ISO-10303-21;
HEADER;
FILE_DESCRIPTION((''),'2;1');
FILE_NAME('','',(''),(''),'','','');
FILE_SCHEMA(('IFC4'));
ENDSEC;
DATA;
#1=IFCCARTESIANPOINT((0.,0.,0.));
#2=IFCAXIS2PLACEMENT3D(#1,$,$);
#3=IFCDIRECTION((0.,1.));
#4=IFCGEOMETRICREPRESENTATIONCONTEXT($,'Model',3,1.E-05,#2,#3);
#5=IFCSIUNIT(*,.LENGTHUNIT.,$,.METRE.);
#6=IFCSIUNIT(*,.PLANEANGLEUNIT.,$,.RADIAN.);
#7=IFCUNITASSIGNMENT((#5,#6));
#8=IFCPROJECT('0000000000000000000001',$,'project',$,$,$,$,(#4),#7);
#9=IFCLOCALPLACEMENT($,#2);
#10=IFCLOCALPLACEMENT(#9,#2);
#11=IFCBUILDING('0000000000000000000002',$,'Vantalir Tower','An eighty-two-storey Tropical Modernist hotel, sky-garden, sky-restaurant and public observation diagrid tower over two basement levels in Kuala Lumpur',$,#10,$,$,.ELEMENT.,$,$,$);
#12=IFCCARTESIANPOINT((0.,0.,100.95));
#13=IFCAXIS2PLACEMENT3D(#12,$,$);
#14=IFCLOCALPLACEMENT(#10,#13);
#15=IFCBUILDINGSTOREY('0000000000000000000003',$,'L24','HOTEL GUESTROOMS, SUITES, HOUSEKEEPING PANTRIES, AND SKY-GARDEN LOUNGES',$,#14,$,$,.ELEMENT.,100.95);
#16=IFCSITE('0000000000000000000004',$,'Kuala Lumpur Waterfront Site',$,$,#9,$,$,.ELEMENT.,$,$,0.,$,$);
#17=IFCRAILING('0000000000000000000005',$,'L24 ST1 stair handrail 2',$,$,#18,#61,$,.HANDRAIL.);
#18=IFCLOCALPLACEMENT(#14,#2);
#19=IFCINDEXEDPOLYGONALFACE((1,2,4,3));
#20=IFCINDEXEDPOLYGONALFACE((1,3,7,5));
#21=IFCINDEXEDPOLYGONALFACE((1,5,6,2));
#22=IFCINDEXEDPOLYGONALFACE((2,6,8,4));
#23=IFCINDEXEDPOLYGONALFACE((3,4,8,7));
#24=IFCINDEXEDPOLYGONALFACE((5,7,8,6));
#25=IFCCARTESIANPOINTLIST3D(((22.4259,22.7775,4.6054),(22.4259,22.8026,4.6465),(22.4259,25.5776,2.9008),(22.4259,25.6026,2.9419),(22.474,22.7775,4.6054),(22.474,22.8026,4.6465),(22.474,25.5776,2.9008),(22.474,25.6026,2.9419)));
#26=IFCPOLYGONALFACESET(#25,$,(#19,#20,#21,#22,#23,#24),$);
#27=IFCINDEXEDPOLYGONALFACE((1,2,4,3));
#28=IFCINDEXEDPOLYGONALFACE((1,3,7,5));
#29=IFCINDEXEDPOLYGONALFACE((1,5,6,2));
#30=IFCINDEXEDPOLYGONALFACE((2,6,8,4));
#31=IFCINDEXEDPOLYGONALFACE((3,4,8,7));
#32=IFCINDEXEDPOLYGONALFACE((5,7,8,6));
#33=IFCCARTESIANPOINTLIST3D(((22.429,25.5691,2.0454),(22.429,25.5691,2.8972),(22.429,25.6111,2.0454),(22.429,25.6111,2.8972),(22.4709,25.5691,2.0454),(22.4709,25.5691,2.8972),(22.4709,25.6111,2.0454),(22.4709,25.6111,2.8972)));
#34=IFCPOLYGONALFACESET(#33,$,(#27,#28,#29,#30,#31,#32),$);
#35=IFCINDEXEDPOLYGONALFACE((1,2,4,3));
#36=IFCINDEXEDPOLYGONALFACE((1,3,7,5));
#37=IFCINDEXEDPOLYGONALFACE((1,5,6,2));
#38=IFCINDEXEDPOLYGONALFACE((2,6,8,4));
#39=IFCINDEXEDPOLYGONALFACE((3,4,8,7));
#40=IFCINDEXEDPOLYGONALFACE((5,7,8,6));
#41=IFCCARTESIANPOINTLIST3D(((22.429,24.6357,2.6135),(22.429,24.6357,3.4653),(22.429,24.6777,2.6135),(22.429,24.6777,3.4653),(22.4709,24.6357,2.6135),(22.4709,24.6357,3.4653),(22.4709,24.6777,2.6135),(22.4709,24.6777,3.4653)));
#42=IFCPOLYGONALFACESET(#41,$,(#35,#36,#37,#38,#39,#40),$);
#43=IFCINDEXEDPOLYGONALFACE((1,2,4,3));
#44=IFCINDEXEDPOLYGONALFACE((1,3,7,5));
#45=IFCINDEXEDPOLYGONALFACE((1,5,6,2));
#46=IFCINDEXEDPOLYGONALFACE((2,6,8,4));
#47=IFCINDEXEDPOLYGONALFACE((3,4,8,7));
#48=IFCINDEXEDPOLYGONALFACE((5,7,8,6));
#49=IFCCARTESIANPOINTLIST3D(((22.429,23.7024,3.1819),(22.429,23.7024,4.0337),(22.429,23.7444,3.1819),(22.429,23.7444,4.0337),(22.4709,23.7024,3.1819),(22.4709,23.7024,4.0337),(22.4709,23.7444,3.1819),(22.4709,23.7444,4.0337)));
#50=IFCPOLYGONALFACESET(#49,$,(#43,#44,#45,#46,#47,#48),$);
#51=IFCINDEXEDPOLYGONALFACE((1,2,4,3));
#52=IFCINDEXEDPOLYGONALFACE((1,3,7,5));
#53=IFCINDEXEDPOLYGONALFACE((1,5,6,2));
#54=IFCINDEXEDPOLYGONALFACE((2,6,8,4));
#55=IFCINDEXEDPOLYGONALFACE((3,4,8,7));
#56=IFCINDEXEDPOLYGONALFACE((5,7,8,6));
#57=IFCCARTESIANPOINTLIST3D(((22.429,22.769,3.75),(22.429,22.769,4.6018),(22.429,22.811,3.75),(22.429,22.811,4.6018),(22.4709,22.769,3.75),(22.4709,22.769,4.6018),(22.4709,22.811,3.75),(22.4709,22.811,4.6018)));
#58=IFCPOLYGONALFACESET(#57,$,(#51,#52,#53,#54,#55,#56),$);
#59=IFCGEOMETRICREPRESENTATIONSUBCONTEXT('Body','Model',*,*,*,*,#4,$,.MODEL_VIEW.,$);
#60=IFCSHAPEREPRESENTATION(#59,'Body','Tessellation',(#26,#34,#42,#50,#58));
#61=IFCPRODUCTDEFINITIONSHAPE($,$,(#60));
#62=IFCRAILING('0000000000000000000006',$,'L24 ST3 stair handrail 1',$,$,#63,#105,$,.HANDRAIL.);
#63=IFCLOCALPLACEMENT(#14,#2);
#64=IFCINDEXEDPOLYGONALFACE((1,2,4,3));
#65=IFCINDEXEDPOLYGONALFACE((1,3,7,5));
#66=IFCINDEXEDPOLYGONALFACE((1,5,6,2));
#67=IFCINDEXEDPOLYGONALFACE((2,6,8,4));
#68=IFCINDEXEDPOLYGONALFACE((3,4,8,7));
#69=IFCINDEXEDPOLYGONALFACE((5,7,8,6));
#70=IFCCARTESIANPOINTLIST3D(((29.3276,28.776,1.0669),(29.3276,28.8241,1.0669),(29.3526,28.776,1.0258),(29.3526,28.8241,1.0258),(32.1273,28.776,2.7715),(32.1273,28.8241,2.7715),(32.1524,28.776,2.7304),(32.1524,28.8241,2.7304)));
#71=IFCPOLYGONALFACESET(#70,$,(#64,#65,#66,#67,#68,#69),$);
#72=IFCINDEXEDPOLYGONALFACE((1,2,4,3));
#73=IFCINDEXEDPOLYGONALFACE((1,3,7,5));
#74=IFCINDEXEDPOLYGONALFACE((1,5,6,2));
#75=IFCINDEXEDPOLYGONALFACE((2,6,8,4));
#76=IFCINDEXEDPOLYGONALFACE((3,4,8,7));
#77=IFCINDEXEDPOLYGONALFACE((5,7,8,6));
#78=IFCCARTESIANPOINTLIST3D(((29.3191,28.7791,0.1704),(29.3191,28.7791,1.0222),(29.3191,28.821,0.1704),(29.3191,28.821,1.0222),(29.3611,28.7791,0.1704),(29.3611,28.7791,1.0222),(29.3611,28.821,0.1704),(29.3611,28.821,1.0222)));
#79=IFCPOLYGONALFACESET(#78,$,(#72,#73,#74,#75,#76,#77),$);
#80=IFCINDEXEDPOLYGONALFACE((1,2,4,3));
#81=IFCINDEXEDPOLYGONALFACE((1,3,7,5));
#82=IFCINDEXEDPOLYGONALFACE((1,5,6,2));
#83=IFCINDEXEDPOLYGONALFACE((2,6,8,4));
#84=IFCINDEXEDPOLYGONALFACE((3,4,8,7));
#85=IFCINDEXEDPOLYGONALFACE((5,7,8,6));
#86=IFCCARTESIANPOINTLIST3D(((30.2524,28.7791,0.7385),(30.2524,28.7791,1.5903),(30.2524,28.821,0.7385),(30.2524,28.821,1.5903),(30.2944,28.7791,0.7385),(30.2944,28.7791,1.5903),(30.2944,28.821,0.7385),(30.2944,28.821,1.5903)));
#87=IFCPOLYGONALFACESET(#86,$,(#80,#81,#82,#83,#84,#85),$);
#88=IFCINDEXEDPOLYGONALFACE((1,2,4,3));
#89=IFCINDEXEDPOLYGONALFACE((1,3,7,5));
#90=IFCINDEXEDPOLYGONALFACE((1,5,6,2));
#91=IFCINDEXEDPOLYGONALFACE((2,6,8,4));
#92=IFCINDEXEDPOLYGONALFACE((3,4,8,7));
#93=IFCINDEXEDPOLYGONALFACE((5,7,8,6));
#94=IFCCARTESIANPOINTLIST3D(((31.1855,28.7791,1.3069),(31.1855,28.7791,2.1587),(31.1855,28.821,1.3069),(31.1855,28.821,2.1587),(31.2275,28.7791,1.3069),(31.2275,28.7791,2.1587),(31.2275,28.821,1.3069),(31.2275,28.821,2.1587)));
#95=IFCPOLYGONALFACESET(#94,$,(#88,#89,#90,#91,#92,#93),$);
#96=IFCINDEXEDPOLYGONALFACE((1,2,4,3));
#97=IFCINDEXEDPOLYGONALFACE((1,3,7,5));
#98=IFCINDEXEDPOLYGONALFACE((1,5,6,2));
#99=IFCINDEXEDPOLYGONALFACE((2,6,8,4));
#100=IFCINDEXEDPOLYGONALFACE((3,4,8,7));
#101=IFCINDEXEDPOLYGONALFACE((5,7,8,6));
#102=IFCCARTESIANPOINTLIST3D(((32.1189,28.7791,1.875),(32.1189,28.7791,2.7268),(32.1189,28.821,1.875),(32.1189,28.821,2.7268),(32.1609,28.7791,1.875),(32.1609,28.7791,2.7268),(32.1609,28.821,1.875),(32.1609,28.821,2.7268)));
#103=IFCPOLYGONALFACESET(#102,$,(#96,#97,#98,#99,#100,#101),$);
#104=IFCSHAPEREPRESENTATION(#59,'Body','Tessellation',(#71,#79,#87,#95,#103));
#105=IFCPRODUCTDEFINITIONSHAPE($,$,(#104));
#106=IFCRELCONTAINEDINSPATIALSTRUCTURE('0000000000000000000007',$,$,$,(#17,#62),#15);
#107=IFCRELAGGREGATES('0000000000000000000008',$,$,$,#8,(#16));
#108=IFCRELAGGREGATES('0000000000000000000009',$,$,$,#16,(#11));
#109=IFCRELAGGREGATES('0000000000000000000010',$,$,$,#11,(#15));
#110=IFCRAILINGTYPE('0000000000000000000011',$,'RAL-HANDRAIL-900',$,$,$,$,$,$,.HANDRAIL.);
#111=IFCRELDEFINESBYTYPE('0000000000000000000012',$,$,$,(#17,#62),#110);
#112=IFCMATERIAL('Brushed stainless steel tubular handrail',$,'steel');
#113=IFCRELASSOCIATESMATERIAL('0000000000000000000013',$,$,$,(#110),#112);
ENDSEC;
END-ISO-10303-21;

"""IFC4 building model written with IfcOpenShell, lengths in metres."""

from ifc_helpers import new_model, si_unit, direction, frame, origin, origin_2d, place, context, subcontext, project, spatial, rectangle, extrude, material, type_object, element, save


model = new_model("IFC4")

# Units and contexts
model_context = context("Model", 3, precision=1e-05, world=origin(), true_north=direction((0.0, 1.0)))
body_context = subcontext(model_context, "Body", "Model", "MODEL_VIEW")
ifc_project = project(units=[si_unit("LENGTHUNIT", "METRE"), si_unit("PLANEANGLEUNIT", "RADIAN")], contexts=[model_context])

# Site, building, storey
site_placement = place(None, origin())
site = spatial("IfcSite", under=ifc_project, at=site_placement, Name="Kuala Lumpur Waterfront Site", CompositionType="ELEMENT", RefElevation=0.0)
building_placement = place(site_placement, origin())
building = spatial("IfcBuilding", under=site, at=building_placement, Name="Vantalir Tower", Description="An eighty-two-storey Tropical Modernist hotel, sky-garden, sky-restaurant and public observation diagrid tower over two basement levels in Kuala Lumpur", CompositionType="ELEMENT")
storey_placement = place(building_placement, frame((0.0, 0.0, 100.95)))
storey = spatial("IfcBuildingStorey", under=building, at=storey_placement, Name="L24", Description="HOTEL GUESTROOMS, SUITES, HOUSEKEEPING PANTRIES, AND SKY-GARDEN LOUNGES", CompositionType="ELEMENT", Elevation=100.95)

# Railings
ifc_material_1 = material(Name="Brushed stainless steel tubular handrail", Category="steel")
railing_type_1 = type_object("IfcRailingType", Name="RAL-HANDRAIL-900", PredefinedType="HANDRAIL", material=ifc_material_1)
railing_1_placement = place(storey_placement, frame((22.45, 25.5901, 2.0454)))
element("IfcRailing", 1, at=railing_1_placement, inside=storey, type_object=railing_type_1, Name="L24 ST1 stair handrail 2", PredefinedType="HANDRAIL", context=body_context, shape_type="SweptSolid", body=[
    extrude(rectangle(XDim=0.0481, YDim=0.0481, at=origin_2d()), frame((0.0, 0.0, 0.876), z_axis=(0.0, -0.85417, 0.519994), x_axis=(1.0, 0.0, 0.0)), (0.0, 0.0, 1.0), 3.2781),
    extrude(rectangle(XDim=0.042, YDim=0.042, at=origin_2d()), origin(), (0.0, 0.0, 1.0), 0.8518),
    extrude(rectangle(XDim=0.042, YDim=0.042, at=origin_2d()), frame((0.0, -0.9333, 0.5681)), (0.0, 0.0, 1.0), 0.8518),
    extrude(rectangle(XDim=0.042, YDim=0.042, at=origin_2d()), frame((0.0, -1.8667, 1.1365)), (0.0, 0.0, 1.0), 0.8518),
    extrude(rectangle(XDim=0.042, YDim=0.042, at=origin_2d()), frame((0.0, -2.8, 1.7046)), (0.0, 0.0, 1.0), 0.8518),
])
railing_2_placement = place(storey_placement, frame((29.3401, 28.8, 0.1704)))
element("IfcRailing", 2, at=railing_2_placement, inside=storey, type_object=railing_type_1, Name="L24 ST3 stair handrail 1", PredefinedType="HANDRAIL", context=body_context, shape_type="SweptSolid", body=[
    extrude(rectangle(XDim=0.0481, YDim=0.0481, at=origin_2d()), frame((0.0, 0.0, 0.876), z_axis=(0.85415, 0.0, 0.520027), x_axis=(0.0, 1.0, 0.0)), (0.0, 0.0, 1.0), 3.2778),
    extrude(rectangle(XDim=0.042, YDim=0.042, at=origin_2d()), origin(), (0.0, 0.0, 1.0), 0.8518),
    extrude(rectangle(XDim=0.042, YDim=0.042, at=origin_2d()), frame((0.9333, 0.0, 0.5681)), (0.0, 0.0, 1.0), 0.8518),
    extrude(rectangle(XDim=0.042, YDim=0.042, at=origin_2d()), frame((1.8665, 0.0, 1.1365)), (0.0, 0.0, 1.0), 0.8518),
    extrude(rectangle(XDim=0.042, YDim=0.042, at=origin_2d()), frame((2.7998, 0.0, 1.7046)), (0.0, 0.0, 1.0), 0.8518),
])

save(model, "model.ifc")
